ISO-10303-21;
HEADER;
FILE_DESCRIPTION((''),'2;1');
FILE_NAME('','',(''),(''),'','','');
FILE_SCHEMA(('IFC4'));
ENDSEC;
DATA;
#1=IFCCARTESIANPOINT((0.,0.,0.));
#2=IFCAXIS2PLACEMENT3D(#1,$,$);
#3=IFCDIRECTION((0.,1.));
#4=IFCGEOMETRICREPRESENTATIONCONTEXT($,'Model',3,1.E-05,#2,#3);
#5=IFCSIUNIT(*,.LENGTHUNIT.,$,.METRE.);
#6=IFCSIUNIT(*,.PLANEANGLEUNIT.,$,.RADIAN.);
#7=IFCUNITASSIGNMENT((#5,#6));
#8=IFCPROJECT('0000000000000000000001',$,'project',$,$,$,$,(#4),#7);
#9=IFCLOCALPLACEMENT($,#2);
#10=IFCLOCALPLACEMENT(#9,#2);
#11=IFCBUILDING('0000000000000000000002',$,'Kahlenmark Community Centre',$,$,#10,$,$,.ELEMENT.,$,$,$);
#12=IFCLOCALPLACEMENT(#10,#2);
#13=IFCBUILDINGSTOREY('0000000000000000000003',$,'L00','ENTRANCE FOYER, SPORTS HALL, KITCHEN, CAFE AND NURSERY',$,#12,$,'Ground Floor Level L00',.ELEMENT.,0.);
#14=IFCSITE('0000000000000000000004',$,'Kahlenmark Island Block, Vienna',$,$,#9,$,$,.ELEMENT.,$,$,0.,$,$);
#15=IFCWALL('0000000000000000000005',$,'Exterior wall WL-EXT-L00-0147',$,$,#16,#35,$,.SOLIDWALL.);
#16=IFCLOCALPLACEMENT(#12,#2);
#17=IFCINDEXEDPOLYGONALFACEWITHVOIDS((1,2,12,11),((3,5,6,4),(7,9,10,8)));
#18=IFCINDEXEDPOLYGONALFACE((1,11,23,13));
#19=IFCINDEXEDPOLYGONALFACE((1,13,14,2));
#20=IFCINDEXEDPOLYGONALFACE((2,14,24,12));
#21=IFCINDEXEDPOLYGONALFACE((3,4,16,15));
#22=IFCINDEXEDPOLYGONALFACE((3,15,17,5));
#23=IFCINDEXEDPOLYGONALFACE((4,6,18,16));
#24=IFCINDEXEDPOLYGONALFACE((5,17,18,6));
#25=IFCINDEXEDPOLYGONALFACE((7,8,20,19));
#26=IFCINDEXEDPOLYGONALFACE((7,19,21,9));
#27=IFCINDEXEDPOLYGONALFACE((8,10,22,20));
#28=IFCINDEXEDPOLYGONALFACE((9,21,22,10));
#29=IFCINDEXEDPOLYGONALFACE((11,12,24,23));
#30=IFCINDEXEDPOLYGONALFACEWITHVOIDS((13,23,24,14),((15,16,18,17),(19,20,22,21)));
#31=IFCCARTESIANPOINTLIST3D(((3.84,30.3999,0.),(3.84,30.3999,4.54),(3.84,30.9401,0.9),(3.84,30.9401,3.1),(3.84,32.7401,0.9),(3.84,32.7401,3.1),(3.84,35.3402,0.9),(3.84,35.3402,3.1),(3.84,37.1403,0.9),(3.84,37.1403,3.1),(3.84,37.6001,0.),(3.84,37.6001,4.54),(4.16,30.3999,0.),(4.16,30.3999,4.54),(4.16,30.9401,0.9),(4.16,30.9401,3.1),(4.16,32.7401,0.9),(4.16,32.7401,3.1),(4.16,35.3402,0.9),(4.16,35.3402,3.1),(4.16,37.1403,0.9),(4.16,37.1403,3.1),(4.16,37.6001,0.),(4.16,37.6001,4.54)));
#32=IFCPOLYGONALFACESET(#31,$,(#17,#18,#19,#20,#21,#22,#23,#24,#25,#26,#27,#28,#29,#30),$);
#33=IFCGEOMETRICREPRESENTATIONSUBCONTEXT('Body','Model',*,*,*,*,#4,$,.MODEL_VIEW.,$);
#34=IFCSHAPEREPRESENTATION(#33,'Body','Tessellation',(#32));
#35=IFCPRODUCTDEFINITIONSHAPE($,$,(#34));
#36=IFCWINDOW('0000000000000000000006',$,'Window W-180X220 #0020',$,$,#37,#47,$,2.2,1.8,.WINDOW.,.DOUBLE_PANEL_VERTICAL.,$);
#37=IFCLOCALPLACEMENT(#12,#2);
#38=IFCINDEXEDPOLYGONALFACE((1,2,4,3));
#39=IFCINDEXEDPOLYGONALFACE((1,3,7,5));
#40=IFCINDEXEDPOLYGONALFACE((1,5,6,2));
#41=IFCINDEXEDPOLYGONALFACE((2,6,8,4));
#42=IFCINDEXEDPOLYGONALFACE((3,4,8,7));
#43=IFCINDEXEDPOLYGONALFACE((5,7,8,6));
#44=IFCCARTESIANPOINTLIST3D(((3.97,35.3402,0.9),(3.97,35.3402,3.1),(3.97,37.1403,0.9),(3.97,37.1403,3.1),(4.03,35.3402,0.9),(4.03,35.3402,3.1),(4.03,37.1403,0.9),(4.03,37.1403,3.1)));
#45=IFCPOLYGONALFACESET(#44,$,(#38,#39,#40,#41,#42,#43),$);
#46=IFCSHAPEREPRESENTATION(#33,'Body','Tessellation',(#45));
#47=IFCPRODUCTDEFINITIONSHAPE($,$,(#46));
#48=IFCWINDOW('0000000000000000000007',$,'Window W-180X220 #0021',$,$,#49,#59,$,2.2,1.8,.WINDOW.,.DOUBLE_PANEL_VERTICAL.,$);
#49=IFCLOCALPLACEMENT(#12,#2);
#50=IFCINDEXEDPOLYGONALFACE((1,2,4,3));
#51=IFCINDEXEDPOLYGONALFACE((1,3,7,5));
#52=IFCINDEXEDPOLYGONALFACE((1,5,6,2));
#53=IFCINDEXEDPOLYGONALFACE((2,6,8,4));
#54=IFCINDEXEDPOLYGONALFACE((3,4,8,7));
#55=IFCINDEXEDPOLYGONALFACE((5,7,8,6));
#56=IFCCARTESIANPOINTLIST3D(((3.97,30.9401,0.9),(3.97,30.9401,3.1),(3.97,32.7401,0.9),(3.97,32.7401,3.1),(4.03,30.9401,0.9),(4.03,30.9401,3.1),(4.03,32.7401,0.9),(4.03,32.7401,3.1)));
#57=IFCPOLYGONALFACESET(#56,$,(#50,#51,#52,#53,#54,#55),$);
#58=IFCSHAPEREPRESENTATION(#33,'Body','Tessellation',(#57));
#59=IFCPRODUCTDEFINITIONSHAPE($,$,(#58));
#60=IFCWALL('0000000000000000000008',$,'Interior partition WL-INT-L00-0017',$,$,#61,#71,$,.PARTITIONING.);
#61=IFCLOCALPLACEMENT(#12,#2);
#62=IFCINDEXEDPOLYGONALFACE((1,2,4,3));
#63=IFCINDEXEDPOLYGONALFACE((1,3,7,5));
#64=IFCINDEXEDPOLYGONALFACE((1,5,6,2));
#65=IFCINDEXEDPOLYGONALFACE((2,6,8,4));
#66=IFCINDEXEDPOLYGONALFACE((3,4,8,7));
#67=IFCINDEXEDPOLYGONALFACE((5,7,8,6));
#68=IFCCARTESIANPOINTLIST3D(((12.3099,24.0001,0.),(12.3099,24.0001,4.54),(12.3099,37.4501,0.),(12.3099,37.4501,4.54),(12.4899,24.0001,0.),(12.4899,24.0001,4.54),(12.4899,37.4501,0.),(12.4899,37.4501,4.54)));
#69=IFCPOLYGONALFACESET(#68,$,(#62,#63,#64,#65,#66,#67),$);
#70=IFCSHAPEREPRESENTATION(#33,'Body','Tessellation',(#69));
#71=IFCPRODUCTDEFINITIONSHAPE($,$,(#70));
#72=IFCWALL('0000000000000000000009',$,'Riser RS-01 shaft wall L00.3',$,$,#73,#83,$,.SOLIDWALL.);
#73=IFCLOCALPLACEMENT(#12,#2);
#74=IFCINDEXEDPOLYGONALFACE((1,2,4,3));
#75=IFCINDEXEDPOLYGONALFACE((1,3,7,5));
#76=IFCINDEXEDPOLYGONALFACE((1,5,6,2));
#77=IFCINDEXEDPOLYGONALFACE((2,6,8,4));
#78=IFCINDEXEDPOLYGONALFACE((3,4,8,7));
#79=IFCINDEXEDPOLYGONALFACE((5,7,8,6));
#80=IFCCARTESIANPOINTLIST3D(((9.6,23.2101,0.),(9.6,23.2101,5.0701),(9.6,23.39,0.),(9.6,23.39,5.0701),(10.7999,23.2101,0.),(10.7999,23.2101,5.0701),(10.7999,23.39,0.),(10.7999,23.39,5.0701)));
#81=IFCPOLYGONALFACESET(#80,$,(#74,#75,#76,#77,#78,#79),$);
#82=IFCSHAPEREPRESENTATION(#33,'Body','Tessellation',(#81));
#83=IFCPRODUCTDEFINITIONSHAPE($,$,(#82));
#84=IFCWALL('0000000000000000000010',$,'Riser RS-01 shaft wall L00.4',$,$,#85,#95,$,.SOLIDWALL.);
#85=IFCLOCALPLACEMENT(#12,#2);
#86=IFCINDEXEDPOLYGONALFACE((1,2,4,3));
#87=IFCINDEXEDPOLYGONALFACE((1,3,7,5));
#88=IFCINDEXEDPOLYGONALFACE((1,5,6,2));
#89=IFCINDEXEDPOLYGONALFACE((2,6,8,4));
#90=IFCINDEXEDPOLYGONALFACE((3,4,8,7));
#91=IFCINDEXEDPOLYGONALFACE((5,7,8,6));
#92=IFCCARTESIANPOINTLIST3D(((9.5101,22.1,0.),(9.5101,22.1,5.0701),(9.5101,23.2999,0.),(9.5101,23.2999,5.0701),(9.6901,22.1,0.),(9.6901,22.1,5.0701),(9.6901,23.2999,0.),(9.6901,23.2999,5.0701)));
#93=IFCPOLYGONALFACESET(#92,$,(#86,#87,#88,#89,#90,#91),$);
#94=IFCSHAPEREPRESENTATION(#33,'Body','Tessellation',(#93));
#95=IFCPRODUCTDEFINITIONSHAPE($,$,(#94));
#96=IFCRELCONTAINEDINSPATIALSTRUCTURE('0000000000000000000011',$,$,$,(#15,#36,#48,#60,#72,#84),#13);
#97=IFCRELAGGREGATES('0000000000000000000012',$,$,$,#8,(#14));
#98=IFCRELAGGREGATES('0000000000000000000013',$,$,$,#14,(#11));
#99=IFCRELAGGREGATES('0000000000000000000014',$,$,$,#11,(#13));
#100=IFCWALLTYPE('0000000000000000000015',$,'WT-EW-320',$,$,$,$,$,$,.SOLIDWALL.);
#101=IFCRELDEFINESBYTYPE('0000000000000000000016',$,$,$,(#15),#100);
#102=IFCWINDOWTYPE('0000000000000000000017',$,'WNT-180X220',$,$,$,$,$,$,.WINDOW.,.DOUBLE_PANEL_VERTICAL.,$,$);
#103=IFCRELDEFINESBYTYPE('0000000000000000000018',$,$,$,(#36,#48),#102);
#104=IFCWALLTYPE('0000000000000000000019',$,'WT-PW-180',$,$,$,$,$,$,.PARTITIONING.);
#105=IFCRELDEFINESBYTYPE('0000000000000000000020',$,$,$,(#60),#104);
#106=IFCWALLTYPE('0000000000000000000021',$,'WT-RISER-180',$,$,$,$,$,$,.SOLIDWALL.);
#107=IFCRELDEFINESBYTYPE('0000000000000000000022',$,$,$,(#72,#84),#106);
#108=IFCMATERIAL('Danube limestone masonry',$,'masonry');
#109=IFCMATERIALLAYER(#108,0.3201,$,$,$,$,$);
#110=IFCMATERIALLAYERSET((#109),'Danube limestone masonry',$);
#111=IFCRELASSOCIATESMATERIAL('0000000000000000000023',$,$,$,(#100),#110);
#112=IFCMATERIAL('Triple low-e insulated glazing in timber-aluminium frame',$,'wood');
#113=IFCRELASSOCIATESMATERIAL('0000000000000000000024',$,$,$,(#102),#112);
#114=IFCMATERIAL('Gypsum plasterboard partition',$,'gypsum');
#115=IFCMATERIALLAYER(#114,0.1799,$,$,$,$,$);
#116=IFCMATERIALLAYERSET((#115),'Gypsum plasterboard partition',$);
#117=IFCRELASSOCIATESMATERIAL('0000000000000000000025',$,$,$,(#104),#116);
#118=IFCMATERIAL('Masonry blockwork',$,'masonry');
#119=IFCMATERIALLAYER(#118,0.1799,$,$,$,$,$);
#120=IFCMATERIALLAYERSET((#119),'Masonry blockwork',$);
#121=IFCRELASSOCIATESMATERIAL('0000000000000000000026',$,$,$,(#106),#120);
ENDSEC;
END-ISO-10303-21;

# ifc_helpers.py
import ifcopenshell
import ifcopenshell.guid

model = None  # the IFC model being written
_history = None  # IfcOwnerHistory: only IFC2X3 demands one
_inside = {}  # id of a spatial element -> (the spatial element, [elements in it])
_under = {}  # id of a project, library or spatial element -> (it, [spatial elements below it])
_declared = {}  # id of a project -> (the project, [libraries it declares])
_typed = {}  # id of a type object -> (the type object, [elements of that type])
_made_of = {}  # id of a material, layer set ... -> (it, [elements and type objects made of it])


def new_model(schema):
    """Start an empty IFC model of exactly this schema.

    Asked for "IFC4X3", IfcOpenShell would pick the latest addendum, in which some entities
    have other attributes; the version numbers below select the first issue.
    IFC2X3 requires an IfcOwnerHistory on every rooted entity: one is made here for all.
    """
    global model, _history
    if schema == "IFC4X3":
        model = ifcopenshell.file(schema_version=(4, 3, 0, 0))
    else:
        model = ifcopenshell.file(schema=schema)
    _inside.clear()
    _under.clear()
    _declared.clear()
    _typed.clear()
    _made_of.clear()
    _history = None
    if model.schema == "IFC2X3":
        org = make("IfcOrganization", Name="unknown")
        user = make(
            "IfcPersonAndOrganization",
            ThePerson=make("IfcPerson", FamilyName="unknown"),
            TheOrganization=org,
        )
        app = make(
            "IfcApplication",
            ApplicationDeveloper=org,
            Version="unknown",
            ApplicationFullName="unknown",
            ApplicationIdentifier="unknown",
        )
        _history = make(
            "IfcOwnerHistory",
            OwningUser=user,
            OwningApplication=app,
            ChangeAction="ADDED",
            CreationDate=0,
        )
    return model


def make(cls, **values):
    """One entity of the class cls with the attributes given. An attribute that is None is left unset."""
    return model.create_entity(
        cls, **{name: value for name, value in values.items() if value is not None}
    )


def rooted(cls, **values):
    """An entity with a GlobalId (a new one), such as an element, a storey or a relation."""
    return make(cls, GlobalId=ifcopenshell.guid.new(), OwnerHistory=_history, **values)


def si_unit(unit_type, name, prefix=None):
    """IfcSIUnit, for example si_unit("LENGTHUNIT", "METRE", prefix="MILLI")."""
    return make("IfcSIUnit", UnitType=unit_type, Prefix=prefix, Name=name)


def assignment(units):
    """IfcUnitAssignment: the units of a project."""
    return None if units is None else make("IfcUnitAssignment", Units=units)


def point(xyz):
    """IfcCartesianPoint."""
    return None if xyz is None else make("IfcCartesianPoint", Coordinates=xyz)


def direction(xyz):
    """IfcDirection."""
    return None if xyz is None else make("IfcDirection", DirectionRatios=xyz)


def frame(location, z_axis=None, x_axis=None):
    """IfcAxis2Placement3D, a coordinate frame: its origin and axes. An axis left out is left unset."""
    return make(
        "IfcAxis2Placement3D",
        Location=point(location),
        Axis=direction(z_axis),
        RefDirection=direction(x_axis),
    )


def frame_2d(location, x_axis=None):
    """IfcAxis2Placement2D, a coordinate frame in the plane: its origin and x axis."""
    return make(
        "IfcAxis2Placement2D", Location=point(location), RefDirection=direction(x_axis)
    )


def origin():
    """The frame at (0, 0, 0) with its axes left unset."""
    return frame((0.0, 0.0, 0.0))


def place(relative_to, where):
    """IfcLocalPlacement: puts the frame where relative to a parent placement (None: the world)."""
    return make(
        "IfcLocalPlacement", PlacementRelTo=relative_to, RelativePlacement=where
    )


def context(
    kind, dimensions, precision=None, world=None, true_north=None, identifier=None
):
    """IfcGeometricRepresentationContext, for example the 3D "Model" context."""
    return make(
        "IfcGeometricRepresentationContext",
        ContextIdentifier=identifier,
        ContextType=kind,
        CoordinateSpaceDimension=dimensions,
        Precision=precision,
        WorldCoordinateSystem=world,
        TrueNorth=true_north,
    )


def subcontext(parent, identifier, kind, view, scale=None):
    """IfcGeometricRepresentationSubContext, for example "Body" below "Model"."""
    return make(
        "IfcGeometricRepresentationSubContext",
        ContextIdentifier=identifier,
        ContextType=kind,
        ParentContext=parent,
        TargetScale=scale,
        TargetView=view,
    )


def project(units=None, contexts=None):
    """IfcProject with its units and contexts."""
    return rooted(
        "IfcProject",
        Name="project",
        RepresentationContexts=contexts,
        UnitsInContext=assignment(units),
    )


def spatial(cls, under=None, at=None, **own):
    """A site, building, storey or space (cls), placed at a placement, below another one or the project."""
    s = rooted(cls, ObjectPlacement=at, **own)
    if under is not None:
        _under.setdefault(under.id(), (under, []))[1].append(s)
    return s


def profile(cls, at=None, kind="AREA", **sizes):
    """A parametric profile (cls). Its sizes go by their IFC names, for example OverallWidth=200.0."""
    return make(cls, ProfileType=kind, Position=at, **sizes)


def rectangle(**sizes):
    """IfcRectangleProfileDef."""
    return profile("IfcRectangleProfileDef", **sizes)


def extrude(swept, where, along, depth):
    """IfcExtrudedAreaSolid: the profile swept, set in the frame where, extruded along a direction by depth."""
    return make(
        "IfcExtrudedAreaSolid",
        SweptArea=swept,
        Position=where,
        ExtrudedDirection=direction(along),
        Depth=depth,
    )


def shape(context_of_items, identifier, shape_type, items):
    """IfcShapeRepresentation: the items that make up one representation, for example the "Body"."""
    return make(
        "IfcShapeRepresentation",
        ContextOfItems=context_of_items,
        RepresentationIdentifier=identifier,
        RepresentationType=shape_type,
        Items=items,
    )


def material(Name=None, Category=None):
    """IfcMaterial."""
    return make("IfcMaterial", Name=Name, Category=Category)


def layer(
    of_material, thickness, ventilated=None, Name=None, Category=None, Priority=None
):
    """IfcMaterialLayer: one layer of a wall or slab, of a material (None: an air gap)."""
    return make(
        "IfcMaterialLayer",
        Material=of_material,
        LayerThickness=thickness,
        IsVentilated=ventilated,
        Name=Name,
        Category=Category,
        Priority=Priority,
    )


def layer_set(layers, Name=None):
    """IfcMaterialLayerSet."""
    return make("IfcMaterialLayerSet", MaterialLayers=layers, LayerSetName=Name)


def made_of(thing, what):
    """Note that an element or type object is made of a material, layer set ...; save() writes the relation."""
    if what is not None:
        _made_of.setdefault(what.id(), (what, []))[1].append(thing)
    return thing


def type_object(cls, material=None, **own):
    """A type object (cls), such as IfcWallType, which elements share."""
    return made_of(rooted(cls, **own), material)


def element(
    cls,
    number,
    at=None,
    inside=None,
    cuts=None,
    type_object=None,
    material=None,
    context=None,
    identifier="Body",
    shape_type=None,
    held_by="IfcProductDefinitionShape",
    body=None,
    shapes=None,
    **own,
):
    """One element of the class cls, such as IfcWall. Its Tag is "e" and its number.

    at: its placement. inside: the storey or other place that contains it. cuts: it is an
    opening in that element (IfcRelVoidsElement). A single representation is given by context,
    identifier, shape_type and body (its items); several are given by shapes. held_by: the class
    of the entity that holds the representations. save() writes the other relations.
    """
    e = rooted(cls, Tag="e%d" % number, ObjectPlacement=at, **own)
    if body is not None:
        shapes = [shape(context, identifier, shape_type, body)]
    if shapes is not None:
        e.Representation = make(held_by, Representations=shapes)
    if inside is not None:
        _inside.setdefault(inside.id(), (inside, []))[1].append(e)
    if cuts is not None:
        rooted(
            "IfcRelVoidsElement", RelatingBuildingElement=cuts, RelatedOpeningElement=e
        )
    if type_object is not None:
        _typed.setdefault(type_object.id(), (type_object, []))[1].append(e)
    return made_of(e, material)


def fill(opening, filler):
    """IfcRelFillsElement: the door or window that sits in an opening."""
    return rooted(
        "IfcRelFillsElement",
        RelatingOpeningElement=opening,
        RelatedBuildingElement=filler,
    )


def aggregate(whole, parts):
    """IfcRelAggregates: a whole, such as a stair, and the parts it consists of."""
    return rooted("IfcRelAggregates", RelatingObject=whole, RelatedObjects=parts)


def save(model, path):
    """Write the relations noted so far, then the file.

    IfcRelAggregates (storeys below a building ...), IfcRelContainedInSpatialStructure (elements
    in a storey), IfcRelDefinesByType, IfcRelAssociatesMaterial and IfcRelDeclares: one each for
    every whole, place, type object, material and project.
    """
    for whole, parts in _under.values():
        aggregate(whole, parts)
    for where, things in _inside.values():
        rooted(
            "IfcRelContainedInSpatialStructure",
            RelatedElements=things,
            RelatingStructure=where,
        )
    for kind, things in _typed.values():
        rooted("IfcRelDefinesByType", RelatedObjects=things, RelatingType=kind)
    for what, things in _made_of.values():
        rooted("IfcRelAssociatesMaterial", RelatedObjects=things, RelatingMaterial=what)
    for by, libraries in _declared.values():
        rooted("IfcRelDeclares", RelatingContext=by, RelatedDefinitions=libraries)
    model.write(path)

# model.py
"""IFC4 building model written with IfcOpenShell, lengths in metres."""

from ifc_helpers import new_model, si_unit, direction, frame, frame_2d, origin, place, context, subcontext, project, spatial, rectangle, extrude, material, layer, layer_set, type_object, element, fill, save


model = new_model("IFC4")

# Units and contexts
model_context = context("Model", 3, precision=1e-05, world=origin(), true_north=direction((0.0, 1.0)))
body_context = subcontext(model_context, "Body", "Model", "MODEL_VIEW")
ifc_project = project(units=[si_unit("LENGTHUNIT", "METRE"), si_unit("PLANEANGLEUNIT", "RADIAN")], contexts=[model_context])

# Site, building, storey
site_placement = place(None, origin())
site = spatial("IfcSite", under=ifc_project, at=site_placement, Name="Kahlenmark Island Block, Vienna", CompositionType="ELEMENT", RefElevation=0.0)
building_placement = place(site_placement, origin())
building = spatial("IfcBuilding", under=site, at=building_placement, Name="Kahlenmark Community Centre", CompositionType="ELEMENT")
storey_placement = place(building_placement, origin())
storey = spatial("IfcBuildingStorey", under=building, at=storey_placement, Name="L00", Description="ENTRANCE FOYER, SPORTS HALL, KITCHEN, CAFE AND NURSERY", LongName="Ground Floor Level L00", CompositionType="ELEMENT", Elevation=0.0)

# Wall, openings, windows
ifc_material_1 = material(Name="Danube limestone masonry", Category="masonry")
ifc_layer_1 = layer(ifc_material_1, 0.3201)
ifc_layer_set_1 = layer_set([ifc_layer_1], Name="Danube limestone masonry")
wall_type_1 = type_object("IfcWallType", Name="WT-EW-320", PredefinedType="SOLIDWALL", material=ifc_layer_set_1)
ifc_material_2 = material(Name="Triple low-e insulated glazing in timber-aluminium frame", Category="wood")
window_type = type_object("IfcWindowType", Name="WNT-180X220", PartitioningType="DOUBLE_PANEL_VERTICAL", PredefinedType="WINDOW", material=ifc_material_2)
wall_1_placement = place(storey_placement, frame((4.0, 37.6001, 0.0), z_axis=(0.0, 0.0, 1.0), x_axis=(0.0, -1.0, 0.0)))
wall_1 = element("IfcWall", 1, at=wall_1_placement, inside=storey, type_object=wall_type_1, Name="Exterior wall WL-EXT-L00-0147", PredefinedType="SOLIDWALL", context=body_context, shape_type="SweptSolid", body=[
    extrude(rectangle(XDim=7.2002, YDim=0.3201, at=frame_2d((3.6001, 0.0))), origin(), (0.0, 0.0, 1.0), 4.54),
])
opening_1_placement = place(wall_1_placement, frame((0.46, 0.0, 0.8999)))
opening_1 = element("IfcOpeningElement", 2, at=opening_1_placement, cuts=wall_1, PredefinedType="OPENING", context=body_context, shape_type="SweptSolid", body=[
    extrude(rectangle(XDim=1.8, YDim=2.2, at=frame_2d((0.8999, 1.1001))), frame((0.0, 0.1699, 0.0), z_axis=(0.0, -1.0, 0.0), x_axis=(1.0, 0.0, 0.0)), (0.0, 0.0, 1.0), 0.3401),
])
opening_2_placement = place(wall_1_placement, frame((4.8601, 0.0, 0.8999)))
opening_2 = element("IfcOpeningElement", 3, at=opening_2_placement, cuts=wall_1, PredefinedType="OPENING", context=body_context, shape_type="SweptSolid", body=[
    extrude(rectangle(XDim=1.8, YDim=2.2, at=frame_2d((0.8999, 1.1001))), frame((0.0, 0.1699, 0.0), z_axis=(0.0, -1.0, 0.0), x_axis=(1.0, 0.0, 0.0)), (0.0, 0.0, 1.0), 0.3401),
])
window_1_placement = place(opening_1_placement, origin())
window_1 = element("IfcWindow", 4, at=window_1_placement, inside=storey, type_object=window_type, Name="Window W-180X220 #0020", OverallHeight=2.2, OverallWidth=1.8, PartitioningType="DOUBLE_PANEL_VERTICAL", PredefinedType="WINDOW", context=body_context, shape_type="SweptSolid", body=[
    extrude(rectangle(XDim=1.8, YDim=2.2, at=frame_2d((0.8999, 1.1001))), frame((0.0, 0.03, 0.0), z_axis=(0.0, -1.0, 0.0), x_axis=(1.0, 0.0, 0.0)), (0.0, 0.0, 1.0), 0.0601),
])
fill(opening_1, window_1)
window_2_placement = place(opening_2_placement, origin())
window_2 = element("IfcWindow", 5, at=window_2_placement, inside=storey, type_object=window_type, Name="Window W-180X220 #0021", OverallHeight=2.2, OverallWidth=1.8, PartitioningType="DOUBLE_PANEL_VERTICAL", PredefinedType="WINDOW", context=body_context, shape_type="SweptSolid", body=[
    extrude(rectangle(XDim=1.8, YDim=2.2, at=frame_2d((0.8999, 1.1001))), frame((0.0, 0.03, 0.0), z_axis=(0.0, -1.0, 0.0), x_axis=(1.0, 0.0, 0.0)), (0.0, 0.0, 1.0), 0.0601),
])
fill(opening_2, window_2)

# Wall
ifc_material_3 = material(Name="Gypsum plasterboard partition", Category="gypsum")
ifc_layer_2 = layer(ifc_material_3, 0.1799)
ifc_layer_set_2 = layer_set([ifc_layer_2], Name="Gypsum plasterboard partition")
wall_type_2 = type_object("IfcWallType", Name="WT-PW-180", PredefinedType="PARTITIONING", material=ifc_layer_set_2)
wall_2_placement = place(storey_placement, frame((12.3999, 24.0, 0.0), z_axis=(0.0, 0.0, 1.0), x_axis=(0.0, 1.0, 0.0)))
element("IfcWall", 6, at=wall_2_placement, inside=storey, type_object=wall_type_2, Name="Interior partition WL-INT-L00-0017", PredefinedType="PARTITIONING", context=body_context, shape_type="SweptSolid", body=[
    extrude(rectangle(XDim=13.45, YDim=0.1799, at=frame_2d((6.7251, 0.0))), origin(), (0.0, 0.0, 1.0), 4.54),
])

# Walls
ifc_material_4 = material(Name="Masonry blockwork", Category="masonry")
ifc_layer_3 = layer(ifc_material_4, 0.1799)
ifc_layer_set_3 = layer_set([ifc_layer_3], Name="Masonry blockwork")
wall_type_3 = type_object("IfcWallType", Name="WT-RISER-180", PredefinedType="SOLIDWALL", material=ifc_layer_set_3)
for number, where, z_axis, x_axis, name in (
    (7, (10.8, 23.3, 0.0), (0.0, 0.0, 1.0), (-1.0, 0.0, 0.0), "Riser RS-01 shaft wall L00.3"),
    (8, (9.6001, 23.3, 0.0), (0.0, 0.0, 1.0), (0.0, -1.0, 0.0), "Riser RS-01 shaft wall L00.4"),
):
    element("IfcWall", number, at=place(storey_placement, frame(where, z_axis=z_axis, x_axis=x_axis)), inside=storey, type_object=wall_type_3, Name=name, PredefinedType="SOLIDWALL", context=body_context, shape_type="SweptSolid", body=[
        extrude(rectangle(XDim=1.2, YDim=0.1799, at=frame_2d((0.6001, 0.0))), origin(), (0.0, 0.0, 1.0), 5.0701),
    ])

save(model, "model.ifc")
